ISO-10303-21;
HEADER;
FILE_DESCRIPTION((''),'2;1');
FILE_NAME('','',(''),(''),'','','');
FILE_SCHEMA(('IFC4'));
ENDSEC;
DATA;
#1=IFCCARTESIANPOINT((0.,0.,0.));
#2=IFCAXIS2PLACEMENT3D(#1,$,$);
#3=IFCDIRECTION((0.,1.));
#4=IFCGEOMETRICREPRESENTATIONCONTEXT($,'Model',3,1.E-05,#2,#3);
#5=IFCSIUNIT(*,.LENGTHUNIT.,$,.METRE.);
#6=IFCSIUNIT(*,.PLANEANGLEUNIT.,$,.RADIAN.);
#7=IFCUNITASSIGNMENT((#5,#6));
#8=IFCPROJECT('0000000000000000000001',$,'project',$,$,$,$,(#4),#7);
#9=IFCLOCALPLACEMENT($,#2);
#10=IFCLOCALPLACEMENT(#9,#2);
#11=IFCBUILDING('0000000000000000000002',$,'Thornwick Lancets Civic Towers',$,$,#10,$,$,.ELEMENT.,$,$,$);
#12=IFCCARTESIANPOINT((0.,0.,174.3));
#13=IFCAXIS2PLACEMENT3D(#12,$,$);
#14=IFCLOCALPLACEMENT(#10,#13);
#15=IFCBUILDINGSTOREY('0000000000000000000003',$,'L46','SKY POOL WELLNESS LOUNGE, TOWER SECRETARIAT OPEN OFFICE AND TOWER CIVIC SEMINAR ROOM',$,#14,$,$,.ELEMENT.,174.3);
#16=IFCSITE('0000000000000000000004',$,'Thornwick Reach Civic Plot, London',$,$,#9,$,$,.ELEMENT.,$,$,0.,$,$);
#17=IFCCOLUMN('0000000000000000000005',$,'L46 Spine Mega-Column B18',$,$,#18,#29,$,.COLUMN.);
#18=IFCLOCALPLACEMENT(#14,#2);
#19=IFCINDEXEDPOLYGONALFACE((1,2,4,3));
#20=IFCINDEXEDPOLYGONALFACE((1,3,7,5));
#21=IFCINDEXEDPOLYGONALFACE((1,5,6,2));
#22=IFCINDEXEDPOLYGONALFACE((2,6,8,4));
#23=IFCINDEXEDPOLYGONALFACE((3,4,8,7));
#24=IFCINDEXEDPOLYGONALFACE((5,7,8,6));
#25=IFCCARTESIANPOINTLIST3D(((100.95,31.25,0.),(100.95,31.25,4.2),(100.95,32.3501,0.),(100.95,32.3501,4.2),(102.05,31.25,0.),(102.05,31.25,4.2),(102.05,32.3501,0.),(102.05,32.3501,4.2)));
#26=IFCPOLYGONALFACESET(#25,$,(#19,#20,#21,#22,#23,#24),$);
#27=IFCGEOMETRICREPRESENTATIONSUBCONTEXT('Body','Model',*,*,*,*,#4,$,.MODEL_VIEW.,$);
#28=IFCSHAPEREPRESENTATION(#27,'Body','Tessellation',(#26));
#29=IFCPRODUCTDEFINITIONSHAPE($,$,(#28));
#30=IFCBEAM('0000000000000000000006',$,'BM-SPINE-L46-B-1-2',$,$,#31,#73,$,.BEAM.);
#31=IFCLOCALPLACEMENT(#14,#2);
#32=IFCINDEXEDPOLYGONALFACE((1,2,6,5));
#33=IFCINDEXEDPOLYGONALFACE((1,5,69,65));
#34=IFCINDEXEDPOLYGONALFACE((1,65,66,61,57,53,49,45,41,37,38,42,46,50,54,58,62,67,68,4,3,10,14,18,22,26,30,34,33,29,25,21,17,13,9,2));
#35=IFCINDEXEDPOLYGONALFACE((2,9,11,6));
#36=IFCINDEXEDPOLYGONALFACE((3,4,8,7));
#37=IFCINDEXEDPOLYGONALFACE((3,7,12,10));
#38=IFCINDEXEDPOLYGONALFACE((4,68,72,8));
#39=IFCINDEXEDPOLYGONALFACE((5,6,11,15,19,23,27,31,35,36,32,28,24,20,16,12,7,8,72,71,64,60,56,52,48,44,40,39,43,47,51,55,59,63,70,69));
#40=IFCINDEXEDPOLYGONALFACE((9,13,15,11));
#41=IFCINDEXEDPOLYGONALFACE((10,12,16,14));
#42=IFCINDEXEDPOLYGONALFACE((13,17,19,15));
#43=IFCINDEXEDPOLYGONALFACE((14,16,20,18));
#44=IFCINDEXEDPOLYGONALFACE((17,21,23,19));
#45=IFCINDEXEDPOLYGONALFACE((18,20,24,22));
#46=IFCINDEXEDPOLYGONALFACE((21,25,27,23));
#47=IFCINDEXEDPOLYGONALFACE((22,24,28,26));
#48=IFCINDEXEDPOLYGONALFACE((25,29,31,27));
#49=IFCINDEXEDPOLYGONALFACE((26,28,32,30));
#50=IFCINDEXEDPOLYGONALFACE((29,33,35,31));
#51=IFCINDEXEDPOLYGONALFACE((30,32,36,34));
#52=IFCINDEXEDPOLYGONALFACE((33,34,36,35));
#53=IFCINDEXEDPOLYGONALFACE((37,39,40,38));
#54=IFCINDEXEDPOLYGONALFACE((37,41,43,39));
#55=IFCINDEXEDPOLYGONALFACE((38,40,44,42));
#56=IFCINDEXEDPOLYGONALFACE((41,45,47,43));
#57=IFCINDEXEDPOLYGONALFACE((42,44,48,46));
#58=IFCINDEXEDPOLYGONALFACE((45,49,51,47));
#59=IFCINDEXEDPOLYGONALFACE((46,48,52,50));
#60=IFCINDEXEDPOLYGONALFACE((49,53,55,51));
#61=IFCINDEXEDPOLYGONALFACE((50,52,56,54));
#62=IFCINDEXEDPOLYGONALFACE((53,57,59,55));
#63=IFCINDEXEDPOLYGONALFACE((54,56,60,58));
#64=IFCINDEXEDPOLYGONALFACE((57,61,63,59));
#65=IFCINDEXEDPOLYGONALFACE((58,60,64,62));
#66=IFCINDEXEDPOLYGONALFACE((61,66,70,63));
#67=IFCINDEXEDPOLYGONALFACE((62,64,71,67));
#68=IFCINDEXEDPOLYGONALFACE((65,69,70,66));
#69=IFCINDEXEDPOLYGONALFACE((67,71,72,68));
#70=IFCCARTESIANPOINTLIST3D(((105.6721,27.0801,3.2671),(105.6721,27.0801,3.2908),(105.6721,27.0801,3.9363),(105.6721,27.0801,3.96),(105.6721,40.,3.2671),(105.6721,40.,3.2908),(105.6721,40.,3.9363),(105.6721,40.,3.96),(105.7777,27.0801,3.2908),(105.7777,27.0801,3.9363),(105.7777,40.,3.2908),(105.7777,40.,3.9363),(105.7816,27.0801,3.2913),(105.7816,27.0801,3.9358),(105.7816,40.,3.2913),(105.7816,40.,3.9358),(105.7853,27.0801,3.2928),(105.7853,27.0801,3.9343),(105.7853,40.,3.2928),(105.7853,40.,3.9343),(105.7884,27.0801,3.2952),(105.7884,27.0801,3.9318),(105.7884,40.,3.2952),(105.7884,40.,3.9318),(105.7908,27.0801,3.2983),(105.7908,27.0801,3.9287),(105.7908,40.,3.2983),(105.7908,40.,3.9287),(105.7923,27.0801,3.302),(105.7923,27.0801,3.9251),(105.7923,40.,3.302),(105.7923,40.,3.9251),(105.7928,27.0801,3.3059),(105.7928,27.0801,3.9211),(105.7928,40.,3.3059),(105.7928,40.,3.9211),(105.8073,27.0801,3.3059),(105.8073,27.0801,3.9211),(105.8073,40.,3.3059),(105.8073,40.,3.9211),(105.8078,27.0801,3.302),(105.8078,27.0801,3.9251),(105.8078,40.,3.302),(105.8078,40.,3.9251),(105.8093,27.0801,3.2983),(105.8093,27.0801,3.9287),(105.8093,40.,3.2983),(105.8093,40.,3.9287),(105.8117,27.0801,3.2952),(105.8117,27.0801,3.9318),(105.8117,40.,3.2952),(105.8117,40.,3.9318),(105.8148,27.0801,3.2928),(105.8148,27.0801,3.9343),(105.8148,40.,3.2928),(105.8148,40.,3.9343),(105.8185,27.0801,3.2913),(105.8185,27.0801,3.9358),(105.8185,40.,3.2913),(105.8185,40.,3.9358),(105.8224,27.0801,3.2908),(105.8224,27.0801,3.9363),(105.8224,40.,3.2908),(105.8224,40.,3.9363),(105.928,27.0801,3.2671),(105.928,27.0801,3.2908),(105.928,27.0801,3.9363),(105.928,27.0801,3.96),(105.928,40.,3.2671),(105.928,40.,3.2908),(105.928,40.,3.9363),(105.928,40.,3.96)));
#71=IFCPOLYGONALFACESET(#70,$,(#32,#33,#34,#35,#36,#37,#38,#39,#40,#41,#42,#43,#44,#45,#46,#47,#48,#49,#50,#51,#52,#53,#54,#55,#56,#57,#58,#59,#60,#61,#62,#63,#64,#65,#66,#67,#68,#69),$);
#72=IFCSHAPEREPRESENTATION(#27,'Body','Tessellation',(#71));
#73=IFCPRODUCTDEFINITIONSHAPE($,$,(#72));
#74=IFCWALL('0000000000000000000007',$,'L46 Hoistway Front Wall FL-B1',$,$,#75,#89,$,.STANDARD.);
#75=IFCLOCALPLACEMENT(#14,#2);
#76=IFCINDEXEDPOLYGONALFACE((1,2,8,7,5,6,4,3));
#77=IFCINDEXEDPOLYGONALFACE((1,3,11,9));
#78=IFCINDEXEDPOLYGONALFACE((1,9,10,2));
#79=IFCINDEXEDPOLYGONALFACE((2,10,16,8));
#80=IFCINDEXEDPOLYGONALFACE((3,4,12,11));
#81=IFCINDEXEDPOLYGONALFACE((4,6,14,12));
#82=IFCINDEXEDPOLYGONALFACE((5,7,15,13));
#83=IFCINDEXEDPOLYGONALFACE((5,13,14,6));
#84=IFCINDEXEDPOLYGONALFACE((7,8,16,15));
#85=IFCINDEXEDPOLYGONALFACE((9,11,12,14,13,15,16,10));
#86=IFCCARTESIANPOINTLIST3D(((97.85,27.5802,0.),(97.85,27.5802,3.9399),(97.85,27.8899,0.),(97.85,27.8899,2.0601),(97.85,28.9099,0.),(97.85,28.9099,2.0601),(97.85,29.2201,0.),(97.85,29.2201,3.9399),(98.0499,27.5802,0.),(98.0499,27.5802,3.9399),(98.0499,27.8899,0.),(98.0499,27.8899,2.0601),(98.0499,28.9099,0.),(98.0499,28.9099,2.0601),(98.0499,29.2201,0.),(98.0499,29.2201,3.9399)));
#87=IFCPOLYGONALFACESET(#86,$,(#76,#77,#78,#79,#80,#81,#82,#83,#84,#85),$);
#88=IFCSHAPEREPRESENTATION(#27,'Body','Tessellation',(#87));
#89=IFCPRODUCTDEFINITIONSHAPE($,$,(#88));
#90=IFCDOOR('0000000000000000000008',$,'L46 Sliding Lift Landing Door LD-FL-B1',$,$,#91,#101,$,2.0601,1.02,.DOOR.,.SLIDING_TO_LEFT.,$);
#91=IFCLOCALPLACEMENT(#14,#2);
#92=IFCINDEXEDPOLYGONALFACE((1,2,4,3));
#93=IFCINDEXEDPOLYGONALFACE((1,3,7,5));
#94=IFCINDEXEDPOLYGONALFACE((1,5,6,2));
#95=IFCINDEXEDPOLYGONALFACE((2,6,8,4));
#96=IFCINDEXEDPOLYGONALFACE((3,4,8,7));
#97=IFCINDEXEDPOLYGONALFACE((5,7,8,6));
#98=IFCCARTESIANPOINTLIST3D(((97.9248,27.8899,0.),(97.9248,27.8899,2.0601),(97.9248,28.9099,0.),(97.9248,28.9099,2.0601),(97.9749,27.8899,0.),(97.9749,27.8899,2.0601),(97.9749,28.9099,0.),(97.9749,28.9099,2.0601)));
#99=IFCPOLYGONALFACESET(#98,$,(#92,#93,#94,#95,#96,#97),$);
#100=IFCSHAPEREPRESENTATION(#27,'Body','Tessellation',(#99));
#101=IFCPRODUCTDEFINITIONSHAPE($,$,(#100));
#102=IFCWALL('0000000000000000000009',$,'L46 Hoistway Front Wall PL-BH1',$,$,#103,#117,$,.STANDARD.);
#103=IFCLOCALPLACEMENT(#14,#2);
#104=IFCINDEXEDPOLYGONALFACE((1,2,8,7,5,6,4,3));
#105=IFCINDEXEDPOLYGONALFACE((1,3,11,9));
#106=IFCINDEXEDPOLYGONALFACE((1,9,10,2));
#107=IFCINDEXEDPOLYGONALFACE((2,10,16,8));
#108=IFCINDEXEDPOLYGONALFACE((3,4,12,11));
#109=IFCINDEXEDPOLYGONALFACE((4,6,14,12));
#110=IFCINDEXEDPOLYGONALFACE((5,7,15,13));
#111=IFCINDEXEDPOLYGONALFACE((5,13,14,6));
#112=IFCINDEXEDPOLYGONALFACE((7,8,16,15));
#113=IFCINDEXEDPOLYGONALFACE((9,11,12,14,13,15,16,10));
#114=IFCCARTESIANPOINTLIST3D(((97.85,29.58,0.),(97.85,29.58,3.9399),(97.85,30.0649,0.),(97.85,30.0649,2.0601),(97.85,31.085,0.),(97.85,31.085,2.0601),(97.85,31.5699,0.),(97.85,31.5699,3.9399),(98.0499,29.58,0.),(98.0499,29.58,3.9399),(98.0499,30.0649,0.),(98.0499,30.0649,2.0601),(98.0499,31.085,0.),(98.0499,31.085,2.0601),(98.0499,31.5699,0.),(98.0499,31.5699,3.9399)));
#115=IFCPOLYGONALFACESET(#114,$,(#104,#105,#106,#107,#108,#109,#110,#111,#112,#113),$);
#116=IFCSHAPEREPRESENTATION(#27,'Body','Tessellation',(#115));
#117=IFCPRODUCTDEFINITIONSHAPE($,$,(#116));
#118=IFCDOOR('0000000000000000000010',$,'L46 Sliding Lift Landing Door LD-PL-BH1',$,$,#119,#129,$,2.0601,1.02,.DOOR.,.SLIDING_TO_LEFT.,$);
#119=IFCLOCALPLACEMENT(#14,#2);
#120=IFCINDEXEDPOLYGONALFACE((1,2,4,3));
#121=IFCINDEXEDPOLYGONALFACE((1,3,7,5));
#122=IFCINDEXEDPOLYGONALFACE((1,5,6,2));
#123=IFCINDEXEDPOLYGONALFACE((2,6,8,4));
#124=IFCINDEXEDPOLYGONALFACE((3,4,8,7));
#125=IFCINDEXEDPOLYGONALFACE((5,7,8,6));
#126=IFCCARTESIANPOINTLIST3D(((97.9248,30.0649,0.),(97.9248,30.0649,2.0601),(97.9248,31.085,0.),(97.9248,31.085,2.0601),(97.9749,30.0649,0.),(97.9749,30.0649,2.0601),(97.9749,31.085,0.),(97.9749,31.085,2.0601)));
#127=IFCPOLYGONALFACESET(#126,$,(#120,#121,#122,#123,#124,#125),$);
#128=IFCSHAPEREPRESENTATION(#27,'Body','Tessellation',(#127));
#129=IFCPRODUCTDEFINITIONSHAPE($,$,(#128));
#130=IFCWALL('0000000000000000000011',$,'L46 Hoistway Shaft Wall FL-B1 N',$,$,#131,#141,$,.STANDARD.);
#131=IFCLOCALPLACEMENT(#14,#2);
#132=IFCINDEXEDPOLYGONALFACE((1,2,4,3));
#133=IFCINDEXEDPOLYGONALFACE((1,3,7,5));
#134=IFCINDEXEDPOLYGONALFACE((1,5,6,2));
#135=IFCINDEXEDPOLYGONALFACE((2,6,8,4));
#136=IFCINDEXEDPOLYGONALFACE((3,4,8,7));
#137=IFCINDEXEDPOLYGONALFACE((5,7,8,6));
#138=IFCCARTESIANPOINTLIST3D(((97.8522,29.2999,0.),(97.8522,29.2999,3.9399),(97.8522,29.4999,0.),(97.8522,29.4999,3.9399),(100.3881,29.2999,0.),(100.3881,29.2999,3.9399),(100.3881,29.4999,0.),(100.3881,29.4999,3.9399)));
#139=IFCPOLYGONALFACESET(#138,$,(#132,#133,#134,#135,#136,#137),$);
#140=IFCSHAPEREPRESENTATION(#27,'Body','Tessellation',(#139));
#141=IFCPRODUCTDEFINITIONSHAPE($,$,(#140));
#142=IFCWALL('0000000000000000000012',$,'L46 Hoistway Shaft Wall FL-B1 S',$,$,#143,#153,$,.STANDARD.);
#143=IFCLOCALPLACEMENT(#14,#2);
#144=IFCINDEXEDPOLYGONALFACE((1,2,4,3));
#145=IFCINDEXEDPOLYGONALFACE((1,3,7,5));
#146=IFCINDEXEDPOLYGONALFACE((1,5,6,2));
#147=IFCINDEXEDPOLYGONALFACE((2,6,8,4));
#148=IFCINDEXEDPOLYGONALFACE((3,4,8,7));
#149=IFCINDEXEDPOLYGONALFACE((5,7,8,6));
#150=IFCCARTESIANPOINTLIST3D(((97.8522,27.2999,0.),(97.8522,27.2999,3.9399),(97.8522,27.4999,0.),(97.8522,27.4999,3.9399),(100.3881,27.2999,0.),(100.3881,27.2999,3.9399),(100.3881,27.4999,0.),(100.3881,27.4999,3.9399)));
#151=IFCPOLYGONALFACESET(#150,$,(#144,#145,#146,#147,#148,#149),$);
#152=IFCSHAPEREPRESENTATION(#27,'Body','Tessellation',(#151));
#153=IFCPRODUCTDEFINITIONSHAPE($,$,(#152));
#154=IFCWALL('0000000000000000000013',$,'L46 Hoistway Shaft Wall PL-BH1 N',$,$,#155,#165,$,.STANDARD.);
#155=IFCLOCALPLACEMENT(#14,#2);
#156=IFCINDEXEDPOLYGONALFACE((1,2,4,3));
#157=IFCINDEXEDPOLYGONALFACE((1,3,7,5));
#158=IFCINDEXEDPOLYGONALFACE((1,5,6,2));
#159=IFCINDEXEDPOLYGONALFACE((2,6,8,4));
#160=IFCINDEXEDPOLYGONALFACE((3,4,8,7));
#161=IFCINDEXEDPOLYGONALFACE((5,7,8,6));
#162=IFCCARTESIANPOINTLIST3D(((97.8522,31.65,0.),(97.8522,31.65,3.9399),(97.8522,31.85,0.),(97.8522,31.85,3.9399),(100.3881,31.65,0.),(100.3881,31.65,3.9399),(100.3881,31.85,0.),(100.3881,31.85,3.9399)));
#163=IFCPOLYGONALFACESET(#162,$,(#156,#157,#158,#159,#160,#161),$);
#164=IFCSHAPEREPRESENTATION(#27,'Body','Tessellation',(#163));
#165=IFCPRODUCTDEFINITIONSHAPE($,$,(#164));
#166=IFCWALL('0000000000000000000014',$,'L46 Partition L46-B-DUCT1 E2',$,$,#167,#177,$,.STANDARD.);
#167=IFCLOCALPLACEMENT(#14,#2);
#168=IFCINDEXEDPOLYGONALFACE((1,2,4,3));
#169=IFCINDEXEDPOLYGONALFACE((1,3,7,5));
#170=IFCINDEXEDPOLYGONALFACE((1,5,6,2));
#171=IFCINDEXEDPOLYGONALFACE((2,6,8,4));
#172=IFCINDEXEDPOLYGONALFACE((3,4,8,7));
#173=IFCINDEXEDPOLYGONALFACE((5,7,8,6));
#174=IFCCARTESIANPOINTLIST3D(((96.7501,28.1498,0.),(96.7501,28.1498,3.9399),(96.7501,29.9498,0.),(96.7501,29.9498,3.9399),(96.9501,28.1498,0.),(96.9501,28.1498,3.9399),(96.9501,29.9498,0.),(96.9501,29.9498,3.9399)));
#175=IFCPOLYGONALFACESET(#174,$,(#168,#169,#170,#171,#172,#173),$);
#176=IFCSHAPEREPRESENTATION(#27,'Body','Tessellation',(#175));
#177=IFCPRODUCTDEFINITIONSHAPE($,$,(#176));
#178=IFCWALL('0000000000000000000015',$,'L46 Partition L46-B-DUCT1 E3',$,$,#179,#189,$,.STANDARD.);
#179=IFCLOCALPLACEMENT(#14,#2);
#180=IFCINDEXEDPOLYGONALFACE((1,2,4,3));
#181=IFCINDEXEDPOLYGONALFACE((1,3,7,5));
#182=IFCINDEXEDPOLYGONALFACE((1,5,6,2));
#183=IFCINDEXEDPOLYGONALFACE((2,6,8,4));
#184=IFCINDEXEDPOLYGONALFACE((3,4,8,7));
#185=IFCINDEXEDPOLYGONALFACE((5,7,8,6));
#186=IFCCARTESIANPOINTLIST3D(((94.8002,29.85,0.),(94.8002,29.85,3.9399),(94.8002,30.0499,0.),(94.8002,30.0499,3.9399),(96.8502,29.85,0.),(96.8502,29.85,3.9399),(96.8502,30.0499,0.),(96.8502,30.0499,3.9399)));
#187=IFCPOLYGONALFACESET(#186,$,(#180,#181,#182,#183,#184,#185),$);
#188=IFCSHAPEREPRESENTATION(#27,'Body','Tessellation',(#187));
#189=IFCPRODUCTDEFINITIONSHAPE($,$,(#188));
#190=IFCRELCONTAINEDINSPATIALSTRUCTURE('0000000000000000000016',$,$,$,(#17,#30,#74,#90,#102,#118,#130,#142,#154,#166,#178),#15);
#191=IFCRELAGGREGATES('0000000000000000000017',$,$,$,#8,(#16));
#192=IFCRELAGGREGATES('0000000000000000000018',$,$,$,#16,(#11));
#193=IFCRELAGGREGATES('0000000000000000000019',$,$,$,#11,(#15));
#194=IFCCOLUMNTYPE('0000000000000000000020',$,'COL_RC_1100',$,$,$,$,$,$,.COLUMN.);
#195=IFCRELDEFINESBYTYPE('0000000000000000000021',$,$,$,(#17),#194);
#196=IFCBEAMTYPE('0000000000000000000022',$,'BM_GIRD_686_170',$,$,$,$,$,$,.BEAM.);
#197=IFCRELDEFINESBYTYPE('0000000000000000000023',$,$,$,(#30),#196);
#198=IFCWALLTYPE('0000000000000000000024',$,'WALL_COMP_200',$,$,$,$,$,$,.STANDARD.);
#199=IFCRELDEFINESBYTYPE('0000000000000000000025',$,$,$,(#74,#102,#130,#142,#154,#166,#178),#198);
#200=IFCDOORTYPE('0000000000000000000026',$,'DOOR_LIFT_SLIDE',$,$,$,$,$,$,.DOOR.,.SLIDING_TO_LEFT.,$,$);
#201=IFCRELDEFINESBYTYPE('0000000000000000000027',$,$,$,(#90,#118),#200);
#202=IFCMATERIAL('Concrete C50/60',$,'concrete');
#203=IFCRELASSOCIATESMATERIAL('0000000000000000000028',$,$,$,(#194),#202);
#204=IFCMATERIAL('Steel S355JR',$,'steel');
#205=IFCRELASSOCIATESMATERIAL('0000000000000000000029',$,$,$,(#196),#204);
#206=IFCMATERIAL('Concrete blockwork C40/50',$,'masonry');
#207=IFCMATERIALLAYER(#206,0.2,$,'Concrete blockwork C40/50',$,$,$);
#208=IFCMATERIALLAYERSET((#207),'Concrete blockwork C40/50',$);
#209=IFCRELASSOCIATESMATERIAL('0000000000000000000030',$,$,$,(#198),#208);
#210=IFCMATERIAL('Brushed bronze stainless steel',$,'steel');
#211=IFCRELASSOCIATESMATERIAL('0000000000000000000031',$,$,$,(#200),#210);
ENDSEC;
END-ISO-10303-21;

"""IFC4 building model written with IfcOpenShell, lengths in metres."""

from ifc_helpers import new_model, si_unit, direction, frame, frame_2d, origin, origin_2d, place, context, subcontext, project, spatial, rectangle, i_section, extrude, material, layer, layer_set, material_profile, profile_set, type_object, element, fill, save


model = new_model("IFC4")

# Units and contexts
model_context = context("Model", 3, precision=1e-05, world=origin(), true_north=direction((0.0, 1.0)))
body_context = subcontext(model_context, "Body", "Model", "MODEL_VIEW")
ifc_project = project(units=[si_unit("LENGTHUNIT", "METRE"), si_unit("PLANEANGLEUNIT", "RADIAN")], contexts=[model_context])

# Site, building, storey
site_placement = place(None, origin())
site = spatial("IfcSite", under=ifc_project, at=site_placement, Name="Thornwick Reach Civic Plot, London", CompositionType="ELEMENT", RefElevation=0.0)
building_placement = place(site_placement, origin())
building = spatial("IfcBuilding", under=site, at=building_placement, Name="Thornwick Lancets Civic Towers", CompositionType="ELEMENT")
storey_placement = place(building_placement, frame((0.0, 0.0, 174.3)))
storey = spatial("IfcBuildingStorey", under=building, at=storey_placement, Name="L46", Description="SKY POOL WELLNESS LOUNGE, TOWER SECRETARIAT OPEN OFFICE AND TOWER CIVIC SEMINAR ROOM", CompositionType="ELEMENT", Elevation=174.3)

# Column
ifc_material_1 = material(Name="Concrete C50/60", Category="concrete")
ifc_material_profile_1 = material_profile(ifc_material_1, rectangle(XDim=1.1001, YDim=1.1001, at=origin_2d()), Name="RC 1100x1100")
ifc_profile_set_1 = profile_set([ifc_material_profile_1], Name="Concrete C50/60")
column_type = type_object("IfcColumnType", Name="COL_RC_1100", PredefinedType="COLUMN", material=ifc_profile_set_1)
column_placement = place(storey_placement, frame((101.5, 31.8, 0.0), z_axis=(0.0, 0.0, 1.0), x_axis=(1.0, 0.0, 0.0)))
element("IfcColumn", 1, at=column_placement, inside=storey, type_object=column_type, Name="L46 Spine Mega-Column B18", PredefinedType="COLUMN", context=body_context, shape_type="SweptSolid", body=[
    extrude(rectangle(XDim=1.1001, YDim=1.1001, at=origin_2d()), origin(), (0.0, 0.0, 1.0), 4.2),
])

# Beam
ifc_material_2 = material(Name="Steel S355JR", Category="steel")
ifc_material_profile_2 = material_profile(ifc_material_2, i_section(OverallWidth=0.2559, OverallDepth=0.6929, WebThickness=0.0144, FlangeThickness=0.0237, FilletRadius=0.0151, at=origin_2d()), Name="UKB 686x254x170")
ifc_profile_set_2 = profile_set([ifc_material_profile_2], Name="Steel S355JR")
beam_type = type_object("IfcBeamType", Name="BM_GIRD_686_170", PredefinedType="BEAM", material=ifc_profile_set_2)
beam_placement = place(storey_placement, frame((105.8, 27.0801, 3.6135), z_axis=(0.0, 1.0, 0.0), x_axis=(-1.0, 0.0, 0.0)))
element("IfcBeam", 2, at=beam_placement, inside=storey, type_object=beam_type, Name="BM-SPINE-L46-B-1-2", PredefinedType="BEAM", context=body_context, shape_type="SweptSolid", body=[
    extrude(i_section(OverallWidth=0.2559, OverallDepth=0.6929, WebThickness=0.0144, FlangeThickness=0.0237, FilletRadius=0.0151, at=origin_2d()), origin(), (0.0, 0.0, 1.0), 12.9199),
])

# Walls, openings, doors
ifc_material_3 = material(Name="Concrete blockwork C40/50", Category="masonry")
ifc_layer_1 = layer(ifc_material_3, 0.2, Name="Concrete blockwork C40/50")
ifc_layer_set_1 = layer_set([ifc_layer_1], Name="Concrete blockwork C40/50")
wall_type_1 = type_object("IfcWallType", Name="WALL_COMP_200", PredefinedType="STANDARD", material=ifc_layer_set_1)
wall_1_placement = place(storey_placement, frame((97.95, 29.22, 0.0), z_axis=(0.0, 0.0, 1.0), x_axis=(0.0, -1.0, 0.0)))
wall_1 = element("IfcWall", 3, at=wall_1_placement, inside=storey, type_object=wall_type_1, Name="L46 Hoistway Front Wall FL-B1", PredefinedType="STANDARD", context=body_context, shape_type="SweptSolid", body=[
    extrude(rectangle(XDim=1.6399, YDim=0.2, at=frame_2d((0.8198, 0.0))), origin(), (0.0, 0.0, 1.0), 3.9399),
])
opening_1_placement = place(wall_1_placement, frame((0.3101, 0.0, 0.0)))
opening_1 = element("IfcOpeningElement", 4, at=opening_1_placement, cuts=wall_1, PredefinedType="OPENING", context=body_context, shape_type="SweptSolid", body=[
    extrude(rectangle(XDim=1.02, YDim=2.0601, at=frame_2d((0.51, 1.03))), frame((0.0, 0.1099, 0.0), z_axis=(0.0, -1.0, 0.0), x_axis=(1.0, 0.0, 0.0)), (0.0, 0.0, 1.0), 0.22),
])
ifc_material_4 = material(Name="Brushed bronze stainless steel", Category="steel")
door_type = type_object("IfcDoorType", Name="DOOR_LIFT_SLIDE", OperationType="SLIDING_TO_LEFT", PredefinedType="DOOR", material=ifc_material_4)
door_1_placement = place(opening_1_placement, origin())
door_1 = element("IfcDoor", 5, at=door_1_placement, inside=storey, type_object=door_type, Name="L46 Sliding Lift Landing Door LD-FL-B1", OperationType="SLIDING_TO_LEFT", OverallHeight=2.0601, OverallWidth=1.02, PredefinedType="DOOR", context=body_context, shape_type="SweptSolid", body=[
    extrude(rectangle(XDim=1.02, YDim=2.0601, at=frame_2d((0.51, 1.03))), frame((0.0, 0.0249, 0.0), z_axis=(0.0, -1.0, 0.0), x_axis=(1.0, 0.0, 0.0)), (0.0, 0.0, 1.0), 0.05),
])
fill(opening_1, door_1)
wall_2_placement = place(storey_placement, frame((97.95, 31.5701, 0.0), z_axis=(0.0, 0.0, 1.0), x_axis=(0.0, -1.0, 0.0)))
wall_2 = element("IfcWall", 6, at=wall_2_placement, inside=storey, type_object=wall_type_1, Name="L46 Hoistway Front Wall PL-BH1", PredefinedType="STANDARD", context=body_context, shape_type="SweptSolid", body=[
    extrude(rectangle(XDim=1.99, YDim=0.2, at=frame_2d((0.9951, 0.0))), origin(), (0.0, 0.0, 1.0), 3.9399),
])
opening_2_placement = place(wall_2_placement, frame((0.4851, 0.0, 0.0)))
opening_2 = element("IfcOpeningElement", 7, at=opening_2_placement, cuts=wall_2, PredefinedType="OPENING", context=body_context, shape_type="SweptSolid", body=[
    extrude(rectangle(XDim=1.02, YDim=2.0601, at=frame_2d((0.51, 1.03))), frame((0.0, 0.1099, 0.0), z_axis=(0.0, -1.0, 0.0), x_axis=(1.0, 0.0, 0.0)), (0.0, 0.0, 1.0), 0.22),
])
door_2_placement = place(opening_2_placement, origin())
door_2 = element("IfcDoor", 8, at=door_2_placement, inside=storey, type_object=door_type, Name="L46 Sliding Lift Landing Door LD-PL-BH1", OperationType="SLIDING_TO_LEFT", OverallHeight=2.0601, OverallWidth=1.02, PredefinedType="DOOR", context=body_context, shape_type="SweptSolid", body=[
    extrude(rectangle(XDim=1.02, YDim=2.0601, at=frame_2d((0.51, 1.03))), frame((0.0, 0.0249, 0.0), z_axis=(0.0, -1.0, 0.0), x_axis=(1.0, 0.0, 0.0)), (0.0, 0.0, 1.0), 0.05),
])
fill(opening_2, door_2)

# Walls
for number, where, z_axis, x_axis, name in (
    (9, (97.8521, 29.3999, 0.0), (0.0, 0.0, 1.0), (1.0, 0.0, 0.0), "L46 Hoistway Shaft Wall FL-B1 N"),
    (10, (97.8521, 27.3999, 0.0), (0.0, 0.0, 1.0), (1.0, 0.0, 0.0), "L46 Hoistway Shaft Wall FL-B1 S"),
    (11, (97.8521, 31.75, 0.0), (0.0, 0.0, 1.0), (1.0, 0.0, 0.0), "L46 Hoistway Shaft Wall PL-BH1 N"),
):
    element("IfcWall", number, at=place(storey_placement, frame(where, z_axis=z_axis, x_axis=x_axis)), inside=storey, type_object=wall_type_1, Name=name, PredefinedType="STANDARD", context=body_context, shape_type="SweptSolid", body=[
        extrude(rectangle(XDim=2.5359, YDim=0.2, at=frame_2d((1.2681, 0.0))), origin(), (0.0, 0.0, 1.0), 3.9399),
    ])
wall_3_placement = place(storey_placement, frame((96.8501, 28.1499, 0.0), z_axis=(0.0, 0.0, 1.0), x_axis=(0.0, 1.0, 0.0)))
element("IfcWall", 12, at=wall_3_placement, inside=storey, type_object=wall_type_1, Name="L46 Partition L46-B-DUCT1 E2", PredefinedType="STANDARD", context=body_context, shape_type="SweptSolid", body=[
    extrude(rectangle(XDim=1.8, YDim=0.2, at=frame_2d((0.8999, 0.0))), origin(), (0.0, 0.0, 1.0), 3.9399),
])
wall_4_placement = place(storey_placement, frame((96.8501, 29.95, 0.0), z_axis=(0.0, 0.0, 1.0), x_axis=(-1.0, 0.0, 0.0)))
element("IfcWall", 13, at=wall_4_placement, inside=storey, type_object=wall_type_1, Name="L46 Partition L46-B-DUCT1 E3", PredefinedType="STANDARD", context=body_context, shape_type="SweptSolid", body=[
    extrude(rectangle(XDim=2.05, YDim=0.2, at=frame_2d((1.0249, 0.0))), origin(), (0.0, 0.0, 1.0), 3.9399),
])

save(model, "model.ifc")
